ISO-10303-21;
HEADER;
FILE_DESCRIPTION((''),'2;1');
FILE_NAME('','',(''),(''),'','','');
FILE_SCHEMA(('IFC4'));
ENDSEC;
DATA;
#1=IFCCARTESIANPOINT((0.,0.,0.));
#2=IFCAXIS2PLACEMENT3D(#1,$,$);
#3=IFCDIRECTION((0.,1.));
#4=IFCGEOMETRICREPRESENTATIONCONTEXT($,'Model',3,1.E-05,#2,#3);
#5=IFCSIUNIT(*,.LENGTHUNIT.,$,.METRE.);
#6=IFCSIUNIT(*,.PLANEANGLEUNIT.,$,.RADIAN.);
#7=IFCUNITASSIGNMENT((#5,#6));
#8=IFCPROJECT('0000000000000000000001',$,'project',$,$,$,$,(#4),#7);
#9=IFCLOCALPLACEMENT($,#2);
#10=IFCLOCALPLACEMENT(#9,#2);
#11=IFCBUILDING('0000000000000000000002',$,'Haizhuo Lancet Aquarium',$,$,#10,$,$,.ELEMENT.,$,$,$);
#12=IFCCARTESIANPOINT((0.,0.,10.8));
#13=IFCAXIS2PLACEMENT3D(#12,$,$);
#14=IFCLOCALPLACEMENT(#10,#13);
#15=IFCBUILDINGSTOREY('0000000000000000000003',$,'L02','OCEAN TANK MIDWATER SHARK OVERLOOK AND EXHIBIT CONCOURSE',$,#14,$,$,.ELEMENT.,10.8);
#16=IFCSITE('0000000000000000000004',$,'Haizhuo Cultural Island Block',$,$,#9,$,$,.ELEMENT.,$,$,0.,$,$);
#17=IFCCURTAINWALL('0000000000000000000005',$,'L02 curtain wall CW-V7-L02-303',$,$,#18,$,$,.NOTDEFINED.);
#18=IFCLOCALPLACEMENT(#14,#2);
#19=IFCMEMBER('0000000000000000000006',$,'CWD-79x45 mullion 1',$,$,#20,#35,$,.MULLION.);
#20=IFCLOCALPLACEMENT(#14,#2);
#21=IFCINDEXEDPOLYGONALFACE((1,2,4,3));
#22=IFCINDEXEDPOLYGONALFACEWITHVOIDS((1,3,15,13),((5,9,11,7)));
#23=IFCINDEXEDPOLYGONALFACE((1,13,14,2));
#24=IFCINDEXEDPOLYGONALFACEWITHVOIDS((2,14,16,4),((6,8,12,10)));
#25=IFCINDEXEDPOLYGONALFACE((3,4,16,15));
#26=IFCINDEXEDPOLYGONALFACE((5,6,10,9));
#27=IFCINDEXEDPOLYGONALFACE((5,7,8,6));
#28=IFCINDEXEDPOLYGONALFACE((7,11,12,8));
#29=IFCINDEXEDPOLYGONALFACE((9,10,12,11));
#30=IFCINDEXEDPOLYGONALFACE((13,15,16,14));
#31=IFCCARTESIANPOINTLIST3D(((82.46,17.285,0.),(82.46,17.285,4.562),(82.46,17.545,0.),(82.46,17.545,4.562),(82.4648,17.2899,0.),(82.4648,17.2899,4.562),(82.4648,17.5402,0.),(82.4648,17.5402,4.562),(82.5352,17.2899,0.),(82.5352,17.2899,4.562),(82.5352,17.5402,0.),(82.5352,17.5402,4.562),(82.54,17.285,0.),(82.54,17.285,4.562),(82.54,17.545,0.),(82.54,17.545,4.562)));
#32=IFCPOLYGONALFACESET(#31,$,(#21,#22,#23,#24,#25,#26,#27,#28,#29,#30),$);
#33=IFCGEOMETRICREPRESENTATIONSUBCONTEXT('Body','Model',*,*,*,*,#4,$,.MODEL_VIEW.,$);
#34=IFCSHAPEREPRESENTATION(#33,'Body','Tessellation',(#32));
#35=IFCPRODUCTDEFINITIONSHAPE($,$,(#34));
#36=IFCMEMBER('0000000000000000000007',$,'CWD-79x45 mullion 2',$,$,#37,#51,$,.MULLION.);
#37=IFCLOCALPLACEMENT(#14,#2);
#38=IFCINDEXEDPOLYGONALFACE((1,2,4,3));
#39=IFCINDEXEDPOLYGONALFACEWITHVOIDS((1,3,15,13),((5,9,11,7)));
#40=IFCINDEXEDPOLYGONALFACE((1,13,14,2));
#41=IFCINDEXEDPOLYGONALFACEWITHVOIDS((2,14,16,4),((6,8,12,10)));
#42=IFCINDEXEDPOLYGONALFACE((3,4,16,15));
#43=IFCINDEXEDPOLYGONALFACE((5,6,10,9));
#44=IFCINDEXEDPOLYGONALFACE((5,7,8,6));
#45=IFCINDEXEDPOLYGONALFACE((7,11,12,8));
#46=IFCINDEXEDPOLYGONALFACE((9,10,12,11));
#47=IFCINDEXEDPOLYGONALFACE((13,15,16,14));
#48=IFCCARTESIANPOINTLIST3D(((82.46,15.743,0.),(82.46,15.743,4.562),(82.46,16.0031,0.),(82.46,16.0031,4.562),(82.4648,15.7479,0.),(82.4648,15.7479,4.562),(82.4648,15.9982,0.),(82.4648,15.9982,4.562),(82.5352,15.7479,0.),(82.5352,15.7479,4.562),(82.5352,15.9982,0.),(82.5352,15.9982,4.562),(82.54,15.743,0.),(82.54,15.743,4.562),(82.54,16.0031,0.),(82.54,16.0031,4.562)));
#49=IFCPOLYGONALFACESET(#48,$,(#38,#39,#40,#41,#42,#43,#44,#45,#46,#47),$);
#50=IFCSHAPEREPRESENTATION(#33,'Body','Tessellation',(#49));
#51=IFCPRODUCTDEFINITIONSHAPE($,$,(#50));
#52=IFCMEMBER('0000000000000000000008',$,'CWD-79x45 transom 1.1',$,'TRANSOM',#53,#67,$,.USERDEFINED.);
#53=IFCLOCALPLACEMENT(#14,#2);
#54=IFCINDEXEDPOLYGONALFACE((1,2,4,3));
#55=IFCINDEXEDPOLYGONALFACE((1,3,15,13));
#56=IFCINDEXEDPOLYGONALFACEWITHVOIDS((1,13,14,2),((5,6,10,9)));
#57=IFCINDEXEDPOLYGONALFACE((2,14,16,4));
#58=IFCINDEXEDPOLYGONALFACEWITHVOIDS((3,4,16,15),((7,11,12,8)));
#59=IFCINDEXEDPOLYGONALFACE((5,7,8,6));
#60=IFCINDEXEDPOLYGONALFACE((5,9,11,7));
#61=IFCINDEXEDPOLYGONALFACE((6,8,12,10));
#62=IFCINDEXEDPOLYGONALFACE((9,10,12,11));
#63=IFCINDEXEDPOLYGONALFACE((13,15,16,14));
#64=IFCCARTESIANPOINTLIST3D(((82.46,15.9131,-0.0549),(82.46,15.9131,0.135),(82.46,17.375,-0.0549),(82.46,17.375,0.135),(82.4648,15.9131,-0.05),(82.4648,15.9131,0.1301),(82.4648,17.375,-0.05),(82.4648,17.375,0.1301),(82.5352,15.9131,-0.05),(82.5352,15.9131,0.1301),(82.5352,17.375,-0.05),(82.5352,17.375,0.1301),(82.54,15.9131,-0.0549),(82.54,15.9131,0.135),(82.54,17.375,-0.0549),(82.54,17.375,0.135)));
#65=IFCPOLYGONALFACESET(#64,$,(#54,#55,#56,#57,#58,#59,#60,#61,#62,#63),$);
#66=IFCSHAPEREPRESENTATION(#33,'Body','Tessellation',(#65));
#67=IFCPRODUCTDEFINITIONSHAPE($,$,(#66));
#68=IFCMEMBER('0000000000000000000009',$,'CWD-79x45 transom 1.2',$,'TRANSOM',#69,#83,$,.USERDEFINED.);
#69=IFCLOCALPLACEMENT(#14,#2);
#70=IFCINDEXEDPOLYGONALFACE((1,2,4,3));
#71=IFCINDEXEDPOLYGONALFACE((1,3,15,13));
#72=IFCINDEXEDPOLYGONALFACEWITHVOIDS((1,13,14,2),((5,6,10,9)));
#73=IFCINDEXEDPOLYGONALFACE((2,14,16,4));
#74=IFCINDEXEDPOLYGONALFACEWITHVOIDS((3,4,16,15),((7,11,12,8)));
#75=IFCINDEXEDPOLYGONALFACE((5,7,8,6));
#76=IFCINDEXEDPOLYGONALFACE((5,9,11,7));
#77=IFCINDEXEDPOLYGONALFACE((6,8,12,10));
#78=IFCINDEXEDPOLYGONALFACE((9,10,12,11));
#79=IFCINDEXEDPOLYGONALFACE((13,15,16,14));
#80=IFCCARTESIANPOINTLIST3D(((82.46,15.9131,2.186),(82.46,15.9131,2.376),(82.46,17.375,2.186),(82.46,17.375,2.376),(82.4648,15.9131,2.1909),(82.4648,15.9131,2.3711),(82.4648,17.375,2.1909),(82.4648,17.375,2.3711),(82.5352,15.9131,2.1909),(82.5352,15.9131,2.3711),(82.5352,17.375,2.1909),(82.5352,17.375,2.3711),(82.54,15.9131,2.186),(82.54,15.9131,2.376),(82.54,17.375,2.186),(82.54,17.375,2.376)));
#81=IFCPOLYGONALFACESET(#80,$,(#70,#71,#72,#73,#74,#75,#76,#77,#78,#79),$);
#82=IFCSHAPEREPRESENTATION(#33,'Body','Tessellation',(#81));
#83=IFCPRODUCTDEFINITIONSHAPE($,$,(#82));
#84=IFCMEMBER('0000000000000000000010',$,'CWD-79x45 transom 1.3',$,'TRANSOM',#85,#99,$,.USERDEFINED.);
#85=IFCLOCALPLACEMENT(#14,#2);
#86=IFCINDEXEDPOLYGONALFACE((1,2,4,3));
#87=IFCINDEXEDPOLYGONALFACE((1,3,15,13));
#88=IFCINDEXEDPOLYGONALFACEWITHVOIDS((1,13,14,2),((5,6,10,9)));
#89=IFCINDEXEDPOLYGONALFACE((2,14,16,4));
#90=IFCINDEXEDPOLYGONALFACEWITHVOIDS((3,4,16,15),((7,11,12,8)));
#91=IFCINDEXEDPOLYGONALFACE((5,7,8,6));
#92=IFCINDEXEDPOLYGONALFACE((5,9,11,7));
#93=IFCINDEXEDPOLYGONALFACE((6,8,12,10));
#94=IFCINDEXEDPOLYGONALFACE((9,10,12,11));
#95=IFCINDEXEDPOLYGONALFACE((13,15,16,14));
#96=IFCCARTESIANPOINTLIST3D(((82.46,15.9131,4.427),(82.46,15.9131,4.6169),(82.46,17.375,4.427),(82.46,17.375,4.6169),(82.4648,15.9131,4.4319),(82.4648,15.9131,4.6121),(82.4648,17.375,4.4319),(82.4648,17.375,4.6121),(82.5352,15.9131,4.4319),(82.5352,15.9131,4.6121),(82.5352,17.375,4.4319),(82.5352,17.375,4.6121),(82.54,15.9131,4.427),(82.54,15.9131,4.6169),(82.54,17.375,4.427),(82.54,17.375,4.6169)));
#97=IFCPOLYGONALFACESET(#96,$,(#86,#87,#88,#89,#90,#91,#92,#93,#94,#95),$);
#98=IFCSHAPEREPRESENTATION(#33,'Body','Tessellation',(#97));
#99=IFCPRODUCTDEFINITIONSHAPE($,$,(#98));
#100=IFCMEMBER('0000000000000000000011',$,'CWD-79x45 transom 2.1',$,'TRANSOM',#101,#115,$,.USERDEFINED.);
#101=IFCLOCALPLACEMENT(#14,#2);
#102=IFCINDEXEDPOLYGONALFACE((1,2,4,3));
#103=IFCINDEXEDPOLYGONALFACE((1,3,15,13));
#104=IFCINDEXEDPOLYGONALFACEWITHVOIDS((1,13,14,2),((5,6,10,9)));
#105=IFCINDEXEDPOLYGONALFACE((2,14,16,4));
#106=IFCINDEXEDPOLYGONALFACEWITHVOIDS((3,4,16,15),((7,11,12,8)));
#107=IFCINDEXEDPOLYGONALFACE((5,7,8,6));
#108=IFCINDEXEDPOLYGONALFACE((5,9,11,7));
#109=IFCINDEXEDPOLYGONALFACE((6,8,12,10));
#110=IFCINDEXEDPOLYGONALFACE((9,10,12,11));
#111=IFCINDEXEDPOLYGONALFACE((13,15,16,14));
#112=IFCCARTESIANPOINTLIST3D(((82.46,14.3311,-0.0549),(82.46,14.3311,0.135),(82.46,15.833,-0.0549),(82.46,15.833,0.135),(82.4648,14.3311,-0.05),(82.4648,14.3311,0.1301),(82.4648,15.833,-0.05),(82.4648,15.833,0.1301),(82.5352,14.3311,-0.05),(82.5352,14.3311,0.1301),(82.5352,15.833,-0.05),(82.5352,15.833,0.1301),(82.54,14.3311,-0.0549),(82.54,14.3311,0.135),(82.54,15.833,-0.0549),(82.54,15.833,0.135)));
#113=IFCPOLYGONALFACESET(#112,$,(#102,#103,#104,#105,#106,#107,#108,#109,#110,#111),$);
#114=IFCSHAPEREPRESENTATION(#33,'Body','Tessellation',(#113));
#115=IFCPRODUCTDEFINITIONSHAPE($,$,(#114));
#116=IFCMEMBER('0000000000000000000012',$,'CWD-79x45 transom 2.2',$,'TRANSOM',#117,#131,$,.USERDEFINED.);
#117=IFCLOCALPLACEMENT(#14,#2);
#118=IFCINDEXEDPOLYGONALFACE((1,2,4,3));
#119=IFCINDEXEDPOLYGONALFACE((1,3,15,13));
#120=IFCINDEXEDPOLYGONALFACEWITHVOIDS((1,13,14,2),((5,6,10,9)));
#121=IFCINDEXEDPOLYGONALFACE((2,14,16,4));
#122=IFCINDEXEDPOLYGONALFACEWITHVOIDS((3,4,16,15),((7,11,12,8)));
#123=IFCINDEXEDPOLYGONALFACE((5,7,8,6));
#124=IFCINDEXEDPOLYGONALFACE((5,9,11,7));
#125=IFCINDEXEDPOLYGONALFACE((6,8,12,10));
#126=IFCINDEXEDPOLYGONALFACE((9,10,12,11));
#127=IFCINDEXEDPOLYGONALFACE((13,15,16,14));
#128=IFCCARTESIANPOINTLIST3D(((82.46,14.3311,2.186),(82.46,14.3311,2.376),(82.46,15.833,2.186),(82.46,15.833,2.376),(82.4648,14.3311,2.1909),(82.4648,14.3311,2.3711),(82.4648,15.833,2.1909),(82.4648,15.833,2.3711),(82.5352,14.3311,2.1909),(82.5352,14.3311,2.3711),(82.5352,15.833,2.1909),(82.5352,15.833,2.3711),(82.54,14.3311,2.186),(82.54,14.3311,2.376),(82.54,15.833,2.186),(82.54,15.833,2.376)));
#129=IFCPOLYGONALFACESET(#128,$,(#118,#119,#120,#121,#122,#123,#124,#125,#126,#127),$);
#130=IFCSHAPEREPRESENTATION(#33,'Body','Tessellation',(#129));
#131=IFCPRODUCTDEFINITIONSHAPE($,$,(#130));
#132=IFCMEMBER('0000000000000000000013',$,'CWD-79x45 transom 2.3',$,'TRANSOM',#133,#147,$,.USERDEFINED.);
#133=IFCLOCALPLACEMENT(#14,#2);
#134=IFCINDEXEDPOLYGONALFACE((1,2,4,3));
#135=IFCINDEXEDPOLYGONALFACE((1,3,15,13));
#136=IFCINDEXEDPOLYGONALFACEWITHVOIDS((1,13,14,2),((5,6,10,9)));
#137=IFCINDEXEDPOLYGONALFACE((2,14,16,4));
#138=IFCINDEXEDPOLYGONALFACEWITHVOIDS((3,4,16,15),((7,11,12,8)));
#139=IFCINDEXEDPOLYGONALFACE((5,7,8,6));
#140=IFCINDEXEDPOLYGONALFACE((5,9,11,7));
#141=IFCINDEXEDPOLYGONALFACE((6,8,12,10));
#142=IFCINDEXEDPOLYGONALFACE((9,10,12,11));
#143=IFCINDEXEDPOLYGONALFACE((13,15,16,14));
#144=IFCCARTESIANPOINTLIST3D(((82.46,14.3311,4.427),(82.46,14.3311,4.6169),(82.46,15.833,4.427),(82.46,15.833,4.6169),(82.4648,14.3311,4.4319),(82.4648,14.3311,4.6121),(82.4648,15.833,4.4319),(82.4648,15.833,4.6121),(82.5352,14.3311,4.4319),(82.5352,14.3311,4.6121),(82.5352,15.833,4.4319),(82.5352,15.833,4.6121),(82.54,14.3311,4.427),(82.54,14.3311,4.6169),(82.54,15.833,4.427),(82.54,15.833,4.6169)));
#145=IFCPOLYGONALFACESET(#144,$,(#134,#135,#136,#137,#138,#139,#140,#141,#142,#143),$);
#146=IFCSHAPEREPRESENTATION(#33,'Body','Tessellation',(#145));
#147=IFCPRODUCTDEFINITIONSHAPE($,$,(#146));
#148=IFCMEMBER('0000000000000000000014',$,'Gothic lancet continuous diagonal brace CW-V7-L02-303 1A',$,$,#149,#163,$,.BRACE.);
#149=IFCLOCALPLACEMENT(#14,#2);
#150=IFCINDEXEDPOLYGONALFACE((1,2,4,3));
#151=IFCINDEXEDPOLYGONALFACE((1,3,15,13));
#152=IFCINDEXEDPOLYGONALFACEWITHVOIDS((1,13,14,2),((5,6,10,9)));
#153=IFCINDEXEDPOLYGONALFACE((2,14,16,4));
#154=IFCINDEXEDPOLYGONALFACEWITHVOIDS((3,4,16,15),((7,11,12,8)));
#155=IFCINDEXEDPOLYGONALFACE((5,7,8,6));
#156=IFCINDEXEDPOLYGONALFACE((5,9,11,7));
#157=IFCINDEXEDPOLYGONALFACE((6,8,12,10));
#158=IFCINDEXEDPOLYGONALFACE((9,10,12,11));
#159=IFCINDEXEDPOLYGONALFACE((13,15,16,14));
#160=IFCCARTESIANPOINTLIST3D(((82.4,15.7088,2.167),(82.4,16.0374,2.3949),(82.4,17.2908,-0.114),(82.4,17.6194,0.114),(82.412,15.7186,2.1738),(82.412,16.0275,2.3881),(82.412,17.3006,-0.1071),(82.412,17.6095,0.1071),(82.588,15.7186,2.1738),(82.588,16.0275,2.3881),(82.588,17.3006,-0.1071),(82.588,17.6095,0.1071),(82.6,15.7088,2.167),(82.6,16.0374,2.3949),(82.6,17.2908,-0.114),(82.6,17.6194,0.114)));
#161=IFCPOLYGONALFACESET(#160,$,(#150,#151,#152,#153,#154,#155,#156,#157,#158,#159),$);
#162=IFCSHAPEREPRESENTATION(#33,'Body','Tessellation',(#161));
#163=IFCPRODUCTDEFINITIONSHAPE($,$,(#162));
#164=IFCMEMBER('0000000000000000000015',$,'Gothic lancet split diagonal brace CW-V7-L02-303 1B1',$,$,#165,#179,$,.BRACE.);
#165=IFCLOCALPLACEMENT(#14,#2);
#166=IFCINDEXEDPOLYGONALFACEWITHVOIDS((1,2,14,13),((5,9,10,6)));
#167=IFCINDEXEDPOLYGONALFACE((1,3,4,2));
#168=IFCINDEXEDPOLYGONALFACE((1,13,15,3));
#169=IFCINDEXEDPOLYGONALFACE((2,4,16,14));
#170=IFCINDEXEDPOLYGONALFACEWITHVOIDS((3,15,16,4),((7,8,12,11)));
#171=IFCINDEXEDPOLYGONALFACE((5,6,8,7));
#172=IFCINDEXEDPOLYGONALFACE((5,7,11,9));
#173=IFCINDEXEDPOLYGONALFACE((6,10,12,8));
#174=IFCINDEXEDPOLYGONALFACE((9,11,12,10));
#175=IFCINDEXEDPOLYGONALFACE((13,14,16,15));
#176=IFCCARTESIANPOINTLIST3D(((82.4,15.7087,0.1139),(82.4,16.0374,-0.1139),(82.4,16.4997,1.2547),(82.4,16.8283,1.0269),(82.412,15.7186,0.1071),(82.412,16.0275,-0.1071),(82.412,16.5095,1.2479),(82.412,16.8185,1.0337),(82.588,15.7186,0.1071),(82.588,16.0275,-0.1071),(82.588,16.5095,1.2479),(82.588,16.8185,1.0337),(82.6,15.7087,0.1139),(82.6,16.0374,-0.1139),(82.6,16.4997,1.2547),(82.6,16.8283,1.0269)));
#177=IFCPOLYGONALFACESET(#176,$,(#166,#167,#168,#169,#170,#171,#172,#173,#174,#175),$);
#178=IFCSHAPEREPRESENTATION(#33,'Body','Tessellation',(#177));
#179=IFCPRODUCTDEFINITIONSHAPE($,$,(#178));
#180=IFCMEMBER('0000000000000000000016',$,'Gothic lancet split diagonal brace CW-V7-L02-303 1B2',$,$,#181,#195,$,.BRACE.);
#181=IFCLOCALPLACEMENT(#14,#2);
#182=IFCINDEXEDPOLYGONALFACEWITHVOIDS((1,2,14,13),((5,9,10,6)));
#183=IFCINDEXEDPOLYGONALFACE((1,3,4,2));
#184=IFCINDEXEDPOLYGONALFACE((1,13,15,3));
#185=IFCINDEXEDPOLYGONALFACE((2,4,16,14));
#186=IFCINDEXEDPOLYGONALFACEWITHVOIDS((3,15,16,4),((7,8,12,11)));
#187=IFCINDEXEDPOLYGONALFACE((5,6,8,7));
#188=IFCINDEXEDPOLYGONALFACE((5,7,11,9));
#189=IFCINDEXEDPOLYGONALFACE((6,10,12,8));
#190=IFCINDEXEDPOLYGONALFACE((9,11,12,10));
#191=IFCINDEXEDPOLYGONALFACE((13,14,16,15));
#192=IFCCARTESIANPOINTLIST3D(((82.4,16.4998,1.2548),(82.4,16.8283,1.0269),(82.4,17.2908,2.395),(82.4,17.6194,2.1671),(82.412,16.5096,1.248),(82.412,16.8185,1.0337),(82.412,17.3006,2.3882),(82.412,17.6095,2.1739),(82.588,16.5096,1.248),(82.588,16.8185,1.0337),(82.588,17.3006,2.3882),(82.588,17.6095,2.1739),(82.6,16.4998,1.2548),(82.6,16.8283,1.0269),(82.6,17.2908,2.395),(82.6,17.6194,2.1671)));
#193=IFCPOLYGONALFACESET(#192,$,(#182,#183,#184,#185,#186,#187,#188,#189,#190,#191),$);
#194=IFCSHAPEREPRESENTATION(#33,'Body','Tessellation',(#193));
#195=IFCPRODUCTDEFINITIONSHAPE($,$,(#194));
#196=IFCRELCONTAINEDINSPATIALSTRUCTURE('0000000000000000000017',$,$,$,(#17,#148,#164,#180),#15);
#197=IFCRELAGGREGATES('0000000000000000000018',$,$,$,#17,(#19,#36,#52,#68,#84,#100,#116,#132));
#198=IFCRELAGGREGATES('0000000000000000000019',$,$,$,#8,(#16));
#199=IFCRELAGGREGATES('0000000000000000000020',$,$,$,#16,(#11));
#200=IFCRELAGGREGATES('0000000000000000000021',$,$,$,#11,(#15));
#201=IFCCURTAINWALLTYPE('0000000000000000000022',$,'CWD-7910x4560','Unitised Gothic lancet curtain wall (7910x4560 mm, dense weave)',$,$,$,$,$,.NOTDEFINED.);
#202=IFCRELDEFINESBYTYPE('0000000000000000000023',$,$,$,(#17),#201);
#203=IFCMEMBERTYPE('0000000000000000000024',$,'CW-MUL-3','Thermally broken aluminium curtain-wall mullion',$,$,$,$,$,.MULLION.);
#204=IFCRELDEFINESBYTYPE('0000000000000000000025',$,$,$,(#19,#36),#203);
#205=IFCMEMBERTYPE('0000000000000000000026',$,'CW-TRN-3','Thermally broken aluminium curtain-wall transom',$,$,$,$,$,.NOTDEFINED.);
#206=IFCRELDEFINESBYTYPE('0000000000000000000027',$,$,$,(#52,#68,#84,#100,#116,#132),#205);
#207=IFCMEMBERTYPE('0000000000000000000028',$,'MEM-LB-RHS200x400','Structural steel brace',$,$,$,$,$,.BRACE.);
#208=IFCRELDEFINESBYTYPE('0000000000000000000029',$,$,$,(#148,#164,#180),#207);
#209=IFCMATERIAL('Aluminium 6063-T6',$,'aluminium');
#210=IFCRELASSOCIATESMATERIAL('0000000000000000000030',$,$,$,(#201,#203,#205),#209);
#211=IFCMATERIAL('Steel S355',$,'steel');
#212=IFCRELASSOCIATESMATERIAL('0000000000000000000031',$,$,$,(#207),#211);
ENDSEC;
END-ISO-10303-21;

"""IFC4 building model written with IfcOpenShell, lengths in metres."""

from ifc_helpers import new_model, si_unit, direction, frame, origin, origin_2d, place, context, subcontext, project, spatial, hollow_rectangle, extrude, material, material_profile, profile_set, type_object, element, aggregate, save


model = new_model("IFC4")

# Units and contexts
model_context = context("Model", 3, precision=1e-05, world=origin(), true_north=direction((0.0, 1.0)))
body_context = subcontext(model_context, "Body", "Model", "MODEL_VIEW")
ifc_project = project(units=[si_unit("LENGTHUNIT", "METRE"), si_unit("PLANEANGLEUNIT", "RADIAN")], contexts=[model_context])

# Site, building, storey
site_placement = place(None, origin())
site = spatial("IfcSite", under=ifc_project, at=site_placement, Name="Haizhuo Cultural Island Block", CompositionType="ELEMENT", RefElevation=0.0)
building_placement = place(site_placement, origin())
building = spatial("IfcBuilding", under=site, at=building_placement, Name="Haizhuo Lancet Aquarium", CompositionType="ELEMENT")
storey_placement = place(building_placement, frame((0.0, 0.0, 10.8)))
storey = spatial("IfcBuildingStorey", under=building, at=storey_placement, Name="L02", Description="OCEAN TANK MIDWATER SHARK OVERLOOK AND EXHIBIT CONCOURSE", CompositionType="ELEMENT", Elevation=10.8)

# Curtain wall, members
ifc_material_1 = material(Name="Aluminium 6063-T6", Category="aluminium")
curtain_wall_type = type_object("IfcCurtainWallType", Name="CWD-7910x4560", Description="Unitised Gothic lancet curtain wall (7910x4560 mm, dense weave)", PredefinedType="NOTDEFINED", material=ifc_material_1)
curtain_wall_placement = place(storey_placement, origin())
curtain_wall = element("IfcCurtainWall", 1, at=curtain_wall_placement, inside=storey, type_object=curtain_wall_type, Name="L02 curtain wall CW-V7-L02-303", PredefinedType="NOTDEFINED")
ifc_material_profile_1 = material_profile(ifc_material_1, hollow_rectangle(XDim=0.0801, YDim=0.26, WallThickness=0.0049, at=origin_2d()), Name="ALU-M 80x260x5")
ifc_profile_set_1 = profile_set([ifc_material_profile_1], Name="Aluminium 6063-T6")
member_type_1 = type_object("IfcMemberType", Name="CW-MUL-3", Description="Thermally broken aluminium curtain-wall mullion", PredefinedType="MULLION", material=ifc_profile_set_1)
member_1_placement = place(storey_placement, frame((82.5, 17.415, 0.0), z_axis=(0.0, 0.0, 1.0), x_axis=(1.0, 0.0, 0.0)))
member_1 = element("IfcMember", 2, at=member_1_placement, type_object=member_type_1, Name="CWD-79x45 mullion 1", PredefinedType="MULLION", context=body_context, shape_type="SweptSolid", body=[
    extrude(hollow_rectangle(XDim=0.0801, YDim=0.26, WallThickness=0.0049, at=origin_2d()), origin(), (0.0, 0.0, 1.0), 4.562),
])
member_2_placement = place(storey_placement, frame((82.5, 15.873, 0.0), z_axis=(0.0, 0.0, 1.0), x_axis=(1.0, 0.0, 0.0)))
member_2 = element("IfcMember", 3, at=member_2_placement, type_object=member_type_1, Name="CWD-79x45 mullion 2", PredefinedType="MULLION", context=body_context, shape_type="SweptSolid", body=[
    extrude(hollow_rectangle(XDim=0.0801, YDim=0.26, WallThickness=0.0049, at=origin_2d()), origin(), (0.0, 0.0, 1.0), 4.562),
])
ifc_material_profile_2 = material_profile(ifc_material_1, hollow_rectangle(XDim=0.0801, YDim=0.1899, WallThickness=0.0049, at=origin_2d()), Name="ALU-T 80x190x5")
ifc_profile_set_2 = profile_set([ifc_material_profile_2], Name="Aluminium 6063-T6")
member_type_2 = type_object("IfcMemberType", Name="CW-TRN-3", Description="Thermally broken aluminium curtain-wall transom", PredefinedType="NOTDEFINED", material=ifc_profile_set_2)
member_3_placement = place(storey_placement, frame((82.5, 17.375, 0.04), z_axis=(0.0, -1.0, 0.0), x_axis=(1.0, 0.0, 0.0)))
member_3 = element("IfcMember", 4, at=member_3_placement, type_object=member_type_2, Name="CWD-79x45 transom 1.1", ObjectType="TRANSOM", PredefinedType="USERDEFINED", context=body_context, shape_type="SweptSolid", body=[
    extrude(hollow_rectangle(XDim=0.0801, YDim=0.1899, WallThickness=0.0049, at=origin_2d()), origin(), (0.0, 0.0, 1.0), 1.4619),
])
member_4_placement = place(storey_placement, frame((82.5, 17.375, 2.281), z_axis=(0.0, -1.0, 0.0), x_axis=(1.0, 0.0, 0.0)))
member_4 = element("IfcMember", 5, at=member_4_placement, type_object=member_type_2, Name="CWD-79x45 transom 1.2", ObjectType="TRANSOM", PredefinedType="USERDEFINED", context=body_context, shape_type="SweptSolid", body=[
    extrude(hollow_rectangle(XDim=0.0801, YDim=0.1899, WallThickness=0.0049, at=origin_2d()), origin(), (0.0, 0.0, 1.0), 1.4619),
])
member_5_placement = place(storey_placement, frame((82.5, 17.375, 4.522), z_axis=(0.0, -1.0, 0.0), x_axis=(1.0, 0.0, 0.0)))
member_5 = element("IfcMember", 6, at=member_5_placement, type_object=member_type_2, Name="CWD-79x45 transom 1.3", ObjectType="TRANSOM", PredefinedType="USERDEFINED", context=body_context, shape_type="SweptSolid", body=[
    extrude(hollow_rectangle(XDim=0.0801, YDim=0.1899, WallThickness=0.0049, at=origin_2d()), origin(), (0.0, 0.0, 1.0), 1.4619),
])
member_6_placement = place(storey_placement, frame((82.5, 15.833, 0.04), z_axis=(0.0, -1.0, 0.0), x_axis=(1.0, 0.0, 0.0)))
member_6 = element("IfcMember", 7, at=member_6_placement, type_object=member_type_2, Name="CWD-79x45 transom 2.1", ObjectType="TRANSOM", PredefinedType="USERDEFINED", context=body_context, shape_type="SweptSolid", body=[
    extrude(hollow_rectangle(XDim=0.0801, YDim=0.1899, WallThickness=0.0049, at=origin_2d()), origin(), (0.0, 0.0, 1.0), 1.502),
])
member_7_placement = place(storey_placement, frame((82.5, 15.833, 2.281), z_axis=(0.0, -1.0, 0.0), x_axis=(1.0, 0.0, 0.0)))
member_7 = element("IfcMember", 8, at=member_7_placement, type_object=member_type_2, Name="CWD-79x45 transom 2.2", ObjectType="TRANSOM", PredefinedType="USERDEFINED", context=body_context, shape_type="SweptSolid", body=[
    extrude(hollow_rectangle(XDim=0.0801, YDim=0.1899, WallThickness=0.0049, at=origin_2d()), origin(), (0.0, 0.0, 1.0), 1.502),
])
member_8_placement = place(storey_placement, frame((82.5, 15.833, 4.522), z_axis=(0.0, -1.0, 0.0), x_axis=(1.0, 0.0, 0.0)))
member_8 = element("IfcMember", 9, at=member_8_placement, type_object=member_type_2, Name="CWD-79x45 transom 2.3", ObjectType="TRANSOM", PredefinedType="USERDEFINED", context=body_context, shape_type="SweptSolid", body=[
    extrude(hollow_rectangle(XDim=0.0801, YDim=0.1899, WallThickness=0.0049, at=origin_2d()), origin(), (0.0, 0.0, 1.0), 1.502),
])

# Members
ifc_material_2 = material(Name="Steel S355", Category="steel")
ifc_material_profile_3 = material_profile(ifc_material_2, hollow_rectangle(XDim=0.2, YDim=0.3999, WallThickness=0.012, at=origin_2d()), Name="RHS 200x400x12")
ifc_profile_set_3 = profile_set([ifc_material_profile_3], Name="Steel S355")
member_type_3 = type_object("IfcMemberType", Name="MEM-LB-RHS200x400", Description="Structural steel brace", PredefinedType="BRACE", material=ifc_profile_set_3)
member_9_placement = place(storey_placement, frame((82.5, 17.4551, 0.0), z_axis=(0.0, -0.569909, 0.821707), x_axis=(1.0, 0.0, 0.0)))
element("IfcMember", 10, at=member_9_placement, inside=storey, type_object=member_type_3, Name="Gothic lancet continuous diagonal brace CW-V7-L02-303 1A", PredefinedType="BRACE", context=body_context, shape_type="SweptSolid", body=[
    extrude(hollow_rectangle(XDim=0.2, YDim=0.3999, WallThickness=0.012, at=origin_2d()), origin(), (0.0, 0.0, 1.0), 2.7759),
])
member_10_placement = place(storey_placement, frame((82.5, 15.873, 0.0), z_axis=(0.0, 0.569786, 0.821793), x_axis=(-1.0, 0.0, 0.0)))
element("IfcMember", 11, at=member_10_placement, inside=storey, type_object=member_type_3, Name="Gothic lancet split diagonal brace CW-V7-L02-303 1B1", PredefinedType="BRACE", context=body_context, shape_type="SweptSolid", body=[
    extrude(hollow_rectangle(XDim=0.2, YDim=0.3999, WallThickness=0.012, at=origin_2d()), origin(), (0.0, 0.0, 1.0), 1.3882),
])
member_11_placement = place(storey_placement, frame((82.5, 16.6641, 1.1409), z_axis=(0.0, 0.570033, 0.821622), x_axis=(-1.0, 0.0, 0.0)))
element("IfcMember", 12, at=member_11_placement, inside=storey, type_object=member_type_3, Name="Gothic lancet split diagonal brace CW-V7-L02-303 1B2", PredefinedType="BRACE", context=body_context, shape_type="SweptSolid", body=[
    extrude(hollow_rectangle(XDim=0.2, YDim=0.3999, WallThickness=0.012, at=origin_2d()), origin(), (0.0, 0.0, 1.0), 1.3877),
])

aggregate(curtain_wall, [member_1, member_2, member_3, member_4, member_5, member_6, member_7, member_8])

save(model, "model.ifc")
